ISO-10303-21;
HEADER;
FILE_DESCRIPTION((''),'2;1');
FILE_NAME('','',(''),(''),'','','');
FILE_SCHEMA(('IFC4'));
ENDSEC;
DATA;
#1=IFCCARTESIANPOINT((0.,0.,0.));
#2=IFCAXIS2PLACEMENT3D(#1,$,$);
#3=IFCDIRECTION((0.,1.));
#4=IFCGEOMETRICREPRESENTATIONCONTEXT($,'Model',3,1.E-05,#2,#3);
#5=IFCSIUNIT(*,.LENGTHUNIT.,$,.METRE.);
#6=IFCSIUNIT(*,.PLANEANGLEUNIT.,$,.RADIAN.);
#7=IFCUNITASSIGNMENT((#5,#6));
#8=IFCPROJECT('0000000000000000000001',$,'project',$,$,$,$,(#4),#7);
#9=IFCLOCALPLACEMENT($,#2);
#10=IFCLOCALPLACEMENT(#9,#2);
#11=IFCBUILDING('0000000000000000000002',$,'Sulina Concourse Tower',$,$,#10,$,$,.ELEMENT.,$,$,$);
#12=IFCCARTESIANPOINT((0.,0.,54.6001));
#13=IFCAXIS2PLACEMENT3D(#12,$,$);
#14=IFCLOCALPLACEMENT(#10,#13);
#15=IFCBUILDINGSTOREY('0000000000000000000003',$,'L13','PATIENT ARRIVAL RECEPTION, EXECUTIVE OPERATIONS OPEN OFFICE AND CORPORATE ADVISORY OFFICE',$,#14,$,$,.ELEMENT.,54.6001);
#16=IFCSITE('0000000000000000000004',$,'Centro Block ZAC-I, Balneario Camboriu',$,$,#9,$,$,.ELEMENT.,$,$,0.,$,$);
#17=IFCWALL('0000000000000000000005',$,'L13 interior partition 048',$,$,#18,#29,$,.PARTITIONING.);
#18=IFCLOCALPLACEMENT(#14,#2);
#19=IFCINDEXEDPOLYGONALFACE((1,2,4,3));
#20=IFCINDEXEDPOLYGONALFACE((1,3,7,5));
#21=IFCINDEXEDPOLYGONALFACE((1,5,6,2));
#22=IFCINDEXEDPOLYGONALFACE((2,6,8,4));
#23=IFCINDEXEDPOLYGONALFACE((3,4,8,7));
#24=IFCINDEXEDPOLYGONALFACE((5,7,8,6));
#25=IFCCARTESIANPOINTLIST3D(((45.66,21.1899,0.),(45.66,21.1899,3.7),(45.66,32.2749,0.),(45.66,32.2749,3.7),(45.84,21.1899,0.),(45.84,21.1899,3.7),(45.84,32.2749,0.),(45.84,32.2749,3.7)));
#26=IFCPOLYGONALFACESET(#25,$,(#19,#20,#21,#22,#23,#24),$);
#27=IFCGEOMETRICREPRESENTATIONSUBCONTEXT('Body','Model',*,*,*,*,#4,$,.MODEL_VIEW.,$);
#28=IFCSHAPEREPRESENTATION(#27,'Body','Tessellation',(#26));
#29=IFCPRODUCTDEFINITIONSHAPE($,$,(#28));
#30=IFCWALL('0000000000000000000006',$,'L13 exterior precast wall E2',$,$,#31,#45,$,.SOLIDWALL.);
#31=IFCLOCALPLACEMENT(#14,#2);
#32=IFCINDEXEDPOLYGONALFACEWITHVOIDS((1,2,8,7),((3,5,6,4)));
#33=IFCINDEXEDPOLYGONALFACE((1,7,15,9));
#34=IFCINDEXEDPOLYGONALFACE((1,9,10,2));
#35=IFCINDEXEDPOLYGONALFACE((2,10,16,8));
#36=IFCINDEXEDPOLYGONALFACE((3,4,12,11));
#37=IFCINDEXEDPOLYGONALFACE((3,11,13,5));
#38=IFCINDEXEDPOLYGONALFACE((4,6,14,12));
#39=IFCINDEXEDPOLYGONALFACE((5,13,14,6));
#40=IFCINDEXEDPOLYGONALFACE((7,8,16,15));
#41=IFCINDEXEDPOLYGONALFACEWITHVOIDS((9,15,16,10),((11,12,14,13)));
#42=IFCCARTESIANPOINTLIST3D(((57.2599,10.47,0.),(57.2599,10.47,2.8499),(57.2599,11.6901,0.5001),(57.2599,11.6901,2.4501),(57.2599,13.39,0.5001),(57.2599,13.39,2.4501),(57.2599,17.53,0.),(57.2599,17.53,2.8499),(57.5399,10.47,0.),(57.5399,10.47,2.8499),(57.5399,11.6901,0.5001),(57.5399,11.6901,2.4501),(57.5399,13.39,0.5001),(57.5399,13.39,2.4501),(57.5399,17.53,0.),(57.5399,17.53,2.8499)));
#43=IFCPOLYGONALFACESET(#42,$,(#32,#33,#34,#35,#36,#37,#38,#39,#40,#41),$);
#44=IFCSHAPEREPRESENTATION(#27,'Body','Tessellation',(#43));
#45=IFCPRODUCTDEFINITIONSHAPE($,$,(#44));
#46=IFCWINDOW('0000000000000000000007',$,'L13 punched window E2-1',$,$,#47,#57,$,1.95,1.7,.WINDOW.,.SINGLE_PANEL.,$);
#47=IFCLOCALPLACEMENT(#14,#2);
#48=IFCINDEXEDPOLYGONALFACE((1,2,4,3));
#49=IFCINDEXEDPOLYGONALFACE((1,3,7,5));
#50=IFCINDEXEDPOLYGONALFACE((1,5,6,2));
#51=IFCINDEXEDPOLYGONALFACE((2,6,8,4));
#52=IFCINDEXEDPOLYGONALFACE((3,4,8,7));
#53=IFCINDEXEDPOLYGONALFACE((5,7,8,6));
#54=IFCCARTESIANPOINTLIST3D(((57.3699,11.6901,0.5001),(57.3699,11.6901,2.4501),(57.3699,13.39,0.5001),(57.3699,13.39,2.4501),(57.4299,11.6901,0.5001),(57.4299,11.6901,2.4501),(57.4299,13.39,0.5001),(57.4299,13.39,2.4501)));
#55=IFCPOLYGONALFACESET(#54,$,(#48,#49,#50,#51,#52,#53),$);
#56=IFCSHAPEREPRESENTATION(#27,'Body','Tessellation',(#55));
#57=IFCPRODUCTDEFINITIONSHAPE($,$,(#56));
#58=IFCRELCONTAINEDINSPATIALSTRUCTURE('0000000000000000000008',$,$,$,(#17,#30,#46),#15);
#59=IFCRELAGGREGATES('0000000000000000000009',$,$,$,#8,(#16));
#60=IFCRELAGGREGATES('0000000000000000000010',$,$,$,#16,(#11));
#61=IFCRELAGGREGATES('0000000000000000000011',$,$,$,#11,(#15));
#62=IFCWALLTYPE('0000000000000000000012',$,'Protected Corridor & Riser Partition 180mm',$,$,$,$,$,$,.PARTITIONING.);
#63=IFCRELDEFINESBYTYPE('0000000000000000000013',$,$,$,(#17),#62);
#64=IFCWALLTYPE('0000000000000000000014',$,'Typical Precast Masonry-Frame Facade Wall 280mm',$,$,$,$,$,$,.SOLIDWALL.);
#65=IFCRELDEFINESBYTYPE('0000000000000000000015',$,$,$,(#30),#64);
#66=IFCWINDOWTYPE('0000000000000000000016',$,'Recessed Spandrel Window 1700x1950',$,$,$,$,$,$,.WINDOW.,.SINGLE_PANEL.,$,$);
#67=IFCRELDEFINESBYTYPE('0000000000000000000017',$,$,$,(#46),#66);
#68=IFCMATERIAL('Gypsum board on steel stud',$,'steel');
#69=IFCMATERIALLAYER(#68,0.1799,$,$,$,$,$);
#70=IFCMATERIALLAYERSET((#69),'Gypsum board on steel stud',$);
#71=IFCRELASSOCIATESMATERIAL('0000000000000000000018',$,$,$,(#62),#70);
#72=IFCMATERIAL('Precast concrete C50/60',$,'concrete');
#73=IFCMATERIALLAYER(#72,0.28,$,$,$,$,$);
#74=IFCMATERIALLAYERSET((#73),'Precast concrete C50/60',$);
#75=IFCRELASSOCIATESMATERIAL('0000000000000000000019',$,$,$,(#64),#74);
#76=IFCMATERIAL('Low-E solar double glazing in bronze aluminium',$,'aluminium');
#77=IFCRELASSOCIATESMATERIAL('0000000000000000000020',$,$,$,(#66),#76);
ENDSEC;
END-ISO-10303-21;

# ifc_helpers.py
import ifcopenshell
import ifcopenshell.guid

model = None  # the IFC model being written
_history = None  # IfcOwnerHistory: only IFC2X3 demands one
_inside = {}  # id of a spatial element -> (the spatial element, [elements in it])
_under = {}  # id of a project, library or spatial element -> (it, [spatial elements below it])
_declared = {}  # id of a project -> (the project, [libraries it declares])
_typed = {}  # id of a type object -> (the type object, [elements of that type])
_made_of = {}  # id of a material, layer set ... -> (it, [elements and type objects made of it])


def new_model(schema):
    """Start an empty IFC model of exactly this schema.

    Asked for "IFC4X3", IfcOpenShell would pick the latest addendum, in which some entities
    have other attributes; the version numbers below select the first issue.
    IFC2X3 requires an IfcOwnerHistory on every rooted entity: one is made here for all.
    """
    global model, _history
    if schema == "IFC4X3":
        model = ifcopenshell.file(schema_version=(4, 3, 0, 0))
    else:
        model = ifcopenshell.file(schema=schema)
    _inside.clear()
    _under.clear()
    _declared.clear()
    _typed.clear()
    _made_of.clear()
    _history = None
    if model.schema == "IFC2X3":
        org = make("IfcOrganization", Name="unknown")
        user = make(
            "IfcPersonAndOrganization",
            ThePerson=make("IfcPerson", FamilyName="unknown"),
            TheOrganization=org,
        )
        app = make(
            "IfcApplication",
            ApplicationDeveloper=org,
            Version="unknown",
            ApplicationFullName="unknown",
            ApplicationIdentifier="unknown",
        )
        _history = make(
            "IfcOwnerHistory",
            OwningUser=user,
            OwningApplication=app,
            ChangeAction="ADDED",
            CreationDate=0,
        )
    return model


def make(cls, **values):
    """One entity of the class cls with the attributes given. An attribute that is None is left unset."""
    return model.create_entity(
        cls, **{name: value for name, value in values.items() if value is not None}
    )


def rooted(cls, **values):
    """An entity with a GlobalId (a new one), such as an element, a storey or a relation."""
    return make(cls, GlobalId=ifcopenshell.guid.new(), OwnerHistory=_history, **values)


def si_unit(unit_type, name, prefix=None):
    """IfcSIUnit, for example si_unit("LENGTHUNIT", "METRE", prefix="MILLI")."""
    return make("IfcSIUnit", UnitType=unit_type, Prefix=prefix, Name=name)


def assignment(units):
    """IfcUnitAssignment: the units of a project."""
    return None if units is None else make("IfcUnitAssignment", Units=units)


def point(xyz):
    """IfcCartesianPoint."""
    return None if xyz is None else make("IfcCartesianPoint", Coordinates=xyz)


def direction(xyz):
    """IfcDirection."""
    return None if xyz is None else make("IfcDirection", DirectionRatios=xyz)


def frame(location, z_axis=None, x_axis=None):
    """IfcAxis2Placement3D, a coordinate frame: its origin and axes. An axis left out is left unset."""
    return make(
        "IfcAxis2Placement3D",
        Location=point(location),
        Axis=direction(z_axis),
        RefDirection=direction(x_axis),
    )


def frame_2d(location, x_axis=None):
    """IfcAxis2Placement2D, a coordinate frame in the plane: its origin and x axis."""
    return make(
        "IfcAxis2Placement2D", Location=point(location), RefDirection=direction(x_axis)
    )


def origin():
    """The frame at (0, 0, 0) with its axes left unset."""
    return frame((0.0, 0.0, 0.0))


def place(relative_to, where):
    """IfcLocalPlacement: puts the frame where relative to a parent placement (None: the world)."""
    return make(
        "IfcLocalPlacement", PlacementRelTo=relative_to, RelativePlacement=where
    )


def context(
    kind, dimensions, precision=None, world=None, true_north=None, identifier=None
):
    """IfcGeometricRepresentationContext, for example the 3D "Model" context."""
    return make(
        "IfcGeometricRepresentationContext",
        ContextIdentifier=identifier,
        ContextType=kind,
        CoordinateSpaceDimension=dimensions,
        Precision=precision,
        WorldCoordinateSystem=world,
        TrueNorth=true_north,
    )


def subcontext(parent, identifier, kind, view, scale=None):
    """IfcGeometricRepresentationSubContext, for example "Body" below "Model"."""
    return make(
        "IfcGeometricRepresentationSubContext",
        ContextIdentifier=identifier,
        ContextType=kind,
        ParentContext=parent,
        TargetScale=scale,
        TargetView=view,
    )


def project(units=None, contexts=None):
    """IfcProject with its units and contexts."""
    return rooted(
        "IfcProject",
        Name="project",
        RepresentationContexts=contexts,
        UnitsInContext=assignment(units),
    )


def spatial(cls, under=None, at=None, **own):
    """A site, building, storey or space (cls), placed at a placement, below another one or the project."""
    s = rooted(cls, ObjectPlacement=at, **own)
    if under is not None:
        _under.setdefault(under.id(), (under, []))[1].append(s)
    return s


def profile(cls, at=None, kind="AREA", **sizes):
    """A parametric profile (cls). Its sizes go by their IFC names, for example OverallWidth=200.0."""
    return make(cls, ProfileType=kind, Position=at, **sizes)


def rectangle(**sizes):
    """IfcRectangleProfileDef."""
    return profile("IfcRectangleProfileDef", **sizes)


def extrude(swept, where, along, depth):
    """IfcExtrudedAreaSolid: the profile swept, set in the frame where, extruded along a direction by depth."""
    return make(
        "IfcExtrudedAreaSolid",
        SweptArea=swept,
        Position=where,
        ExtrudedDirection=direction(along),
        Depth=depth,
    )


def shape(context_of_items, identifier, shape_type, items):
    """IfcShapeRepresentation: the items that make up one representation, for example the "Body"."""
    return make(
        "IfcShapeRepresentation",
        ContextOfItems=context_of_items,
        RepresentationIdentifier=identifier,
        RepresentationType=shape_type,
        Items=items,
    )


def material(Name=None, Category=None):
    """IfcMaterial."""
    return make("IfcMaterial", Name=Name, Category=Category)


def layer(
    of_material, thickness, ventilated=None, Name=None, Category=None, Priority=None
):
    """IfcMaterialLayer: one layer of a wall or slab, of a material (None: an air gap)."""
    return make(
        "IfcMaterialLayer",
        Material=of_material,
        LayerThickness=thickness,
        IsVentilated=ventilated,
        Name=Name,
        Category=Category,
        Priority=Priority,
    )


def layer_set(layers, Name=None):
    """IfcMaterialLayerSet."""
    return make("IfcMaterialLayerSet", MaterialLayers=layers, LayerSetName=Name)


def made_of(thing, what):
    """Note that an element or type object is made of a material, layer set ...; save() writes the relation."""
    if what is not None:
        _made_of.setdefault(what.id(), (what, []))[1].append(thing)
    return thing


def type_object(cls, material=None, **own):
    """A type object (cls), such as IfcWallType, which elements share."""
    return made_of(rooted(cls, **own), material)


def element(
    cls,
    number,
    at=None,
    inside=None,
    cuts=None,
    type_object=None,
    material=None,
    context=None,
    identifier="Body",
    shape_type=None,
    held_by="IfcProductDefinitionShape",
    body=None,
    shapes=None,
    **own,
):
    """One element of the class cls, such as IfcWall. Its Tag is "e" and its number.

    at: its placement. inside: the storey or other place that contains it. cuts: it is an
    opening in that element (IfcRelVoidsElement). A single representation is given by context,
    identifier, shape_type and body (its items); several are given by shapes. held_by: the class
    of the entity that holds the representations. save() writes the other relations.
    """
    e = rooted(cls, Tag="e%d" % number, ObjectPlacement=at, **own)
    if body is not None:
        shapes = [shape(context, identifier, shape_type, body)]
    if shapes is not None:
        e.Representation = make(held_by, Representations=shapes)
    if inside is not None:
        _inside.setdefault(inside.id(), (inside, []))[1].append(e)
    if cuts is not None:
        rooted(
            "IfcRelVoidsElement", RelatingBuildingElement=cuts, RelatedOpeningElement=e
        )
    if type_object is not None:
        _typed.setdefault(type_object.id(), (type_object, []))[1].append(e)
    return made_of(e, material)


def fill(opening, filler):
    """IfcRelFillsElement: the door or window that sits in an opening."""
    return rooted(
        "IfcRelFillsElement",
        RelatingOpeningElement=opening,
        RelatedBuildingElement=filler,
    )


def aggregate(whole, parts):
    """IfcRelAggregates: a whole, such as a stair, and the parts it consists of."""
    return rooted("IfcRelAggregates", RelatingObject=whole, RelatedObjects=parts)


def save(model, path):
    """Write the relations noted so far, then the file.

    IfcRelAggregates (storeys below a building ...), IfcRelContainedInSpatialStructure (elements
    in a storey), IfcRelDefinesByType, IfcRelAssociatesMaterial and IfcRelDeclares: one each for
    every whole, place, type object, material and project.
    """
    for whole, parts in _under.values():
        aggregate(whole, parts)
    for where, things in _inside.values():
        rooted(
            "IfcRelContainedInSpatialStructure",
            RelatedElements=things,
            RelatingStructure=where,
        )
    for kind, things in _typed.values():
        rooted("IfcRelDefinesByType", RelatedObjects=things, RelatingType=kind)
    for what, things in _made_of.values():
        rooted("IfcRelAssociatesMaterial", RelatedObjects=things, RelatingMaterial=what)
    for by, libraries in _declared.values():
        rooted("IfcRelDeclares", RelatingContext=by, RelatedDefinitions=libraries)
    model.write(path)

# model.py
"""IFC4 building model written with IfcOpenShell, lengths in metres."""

from ifc_helpers import new_model, si_unit, direction, frame, frame_2d, origin, place, context, subcontext, project, spatial, rectangle, extrude, material, layer, layer_set, type_object, element, fill, save


model = new_model("IFC4")

# Units and contexts
model_context = context("Model", 3, precision=1e-05, world=origin(), true_north=direction((0.0, 1.0)))
body_context = subcontext(model_context, "Body", "Model", "MODEL_VIEW")
ifc_project = project(units=[si_unit("LENGTHUNIT", "METRE"), si_unit("PLANEANGLEUNIT", "RADIAN")], contexts=[model_context])

# Site, building, storey
site_placement = place(None, origin())
site = spatial("IfcSite", under=ifc_project, at=site_placement, Name="Centro Block ZAC-I, Balneario Camboriu", CompositionType="ELEMENT", RefElevation=0.0)
building_placement = place(site_placement, origin())
building = spatial("IfcBuilding", under=site, at=building_placement, Name="Sulina Concourse Tower", CompositionType="ELEMENT")
storey_placement = place(building_placement, frame((0.0, 0.0, 54.6001)))
storey = spatial("IfcBuildingStorey", under=building, at=storey_placement, Name="L13", Description="PATIENT ARRIVAL RECEPTION, EXECUTIVE OPERATIONS OPEN OFFICE AND CORPORATE ADVISORY OFFICE", CompositionType="ELEMENT", Elevation=54.6001)

# Shared definitions
ifc_material_1 = material(Name="Gypsum board on steel stud", Category="steel")
ifc_layer_1 = layer(ifc_material_1, 0.1799)
ifc_layer_set_1 = layer_set([ifc_layer_1], Name="Gypsum board on steel stud")
wall_type_1 = type_object("IfcWallType", Name="Protected Corridor & Riser Partition 180mm", PredefinedType="PARTITIONING", material=ifc_layer_set_1)

# Wall
wall_1_placement = place(storey_placement, frame((45.75, 21.1899, 0.0), z_axis=(0.0, 0.0, 1.0), x_axis=(0.0, 1.0, 0.0)))
element("IfcWall", 1, at=wall_1_placement, inside=storey, type_object=wall_type_1, Name="L13 interior partition 048", PredefinedType="PARTITIONING", context=body_context, shape_type="SweptSolid", body=[
    extrude(rectangle(XDim=11.085, YDim=0.1799, at=frame_2d((5.5425, 0.0))), origin(), (0.0, 0.0, 1.0), 3.7),
])

# Wall, opening, window
ifc_material_2 = material(Name="Precast concrete C50/60", Category="concrete")
ifc_layer_2 = layer(ifc_material_2, 0.28)
ifc_layer_set_2 = layer_set([ifc_layer_2], Name="Precast concrete C50/60")
wall_type_2 = type_object("IfcWallType", Name="Typical Precast Masonry-Frame Facade Wall 280mm", PredefinedType="SOLIDWALL", material=ifc_layer_set_2)
wall_2_placement = place(storey_placement, frame((57.3999, 17.53, 0.0), z_axis=(0.0, 0.0, 1.0), x_axis=(0.0, -1.0, 0.0)))
wall_2 = element("IfcWall", 2, at=wall_2_placement, inside=storey, type_object=wall_type_2, Name="L13 exterior precast wall E2", PredefinedType="SOLIDWALL", context=body_context, shape_type="SweptSolid", body=[
    extrude(rectangle(XDim=7.0601, YDim=0.28, at=frame_2d((3.53, 0.0))), origin(), (0.0, 0.0, 1.0), 2.8499),
])
opening_1_placement = place(wall_2_placement, frame((4.1399, 0.0, 0.5)))
opening_1 = element("IfcOpeningElement", 3, at=opening_1_placement, cuts=wall_2, PredefinedType="OPENING", context=body_context, shape_type="SweptSolid", body=[
    extrude(rectangle(XDim=1.7, YDim=1.95, at=frame_2d((0.8501, 0.9751))), frame((0.0, 0.1499, 0.0), z_axis=(0.0, -1.0, 0.0), x_axis=(1.0, 0.0, 0.0)), (0.0, 0.0, 1.0), 0.3),
])
ifc_material_3 = material(Name="Low-E solar double glazing in bronze aluminium", Category="aluminium")
window_type = type_object("IfcWindowType", Name="Recessed Spandrel Window 1700x1950", PartitioningType="SINGLE_PANEL", PredefinedType="WINDOW", material=ifc_material_3)
window_placement = place(opening_1_placement, origin())
window = element("IfcWindow", 4, at=window_placement, inside=storey, type_object=window_type, Name="L13 punched window E2-1", OverallHeight=1.95, OverallWidth=1.7, PartitioningType="SINGLE_PANEL", PredefinedType="WINDOW", context=body_context, shape_type="SweptSolid", body=[
    extrude(rectangle(XDim=1.7, YDim=1.95, at=frame_2d((0.8501, 0.9751))), frame((0.0, 0.03, 0.0), z_axis=(0.0, -1.0, 0.0), x_axis=(1.0, 0.0, 0.0)), (0.0, 0.0, 1.0), 0.0601),
])
fill(opening_1, window)

save(model, "model.ifc")
